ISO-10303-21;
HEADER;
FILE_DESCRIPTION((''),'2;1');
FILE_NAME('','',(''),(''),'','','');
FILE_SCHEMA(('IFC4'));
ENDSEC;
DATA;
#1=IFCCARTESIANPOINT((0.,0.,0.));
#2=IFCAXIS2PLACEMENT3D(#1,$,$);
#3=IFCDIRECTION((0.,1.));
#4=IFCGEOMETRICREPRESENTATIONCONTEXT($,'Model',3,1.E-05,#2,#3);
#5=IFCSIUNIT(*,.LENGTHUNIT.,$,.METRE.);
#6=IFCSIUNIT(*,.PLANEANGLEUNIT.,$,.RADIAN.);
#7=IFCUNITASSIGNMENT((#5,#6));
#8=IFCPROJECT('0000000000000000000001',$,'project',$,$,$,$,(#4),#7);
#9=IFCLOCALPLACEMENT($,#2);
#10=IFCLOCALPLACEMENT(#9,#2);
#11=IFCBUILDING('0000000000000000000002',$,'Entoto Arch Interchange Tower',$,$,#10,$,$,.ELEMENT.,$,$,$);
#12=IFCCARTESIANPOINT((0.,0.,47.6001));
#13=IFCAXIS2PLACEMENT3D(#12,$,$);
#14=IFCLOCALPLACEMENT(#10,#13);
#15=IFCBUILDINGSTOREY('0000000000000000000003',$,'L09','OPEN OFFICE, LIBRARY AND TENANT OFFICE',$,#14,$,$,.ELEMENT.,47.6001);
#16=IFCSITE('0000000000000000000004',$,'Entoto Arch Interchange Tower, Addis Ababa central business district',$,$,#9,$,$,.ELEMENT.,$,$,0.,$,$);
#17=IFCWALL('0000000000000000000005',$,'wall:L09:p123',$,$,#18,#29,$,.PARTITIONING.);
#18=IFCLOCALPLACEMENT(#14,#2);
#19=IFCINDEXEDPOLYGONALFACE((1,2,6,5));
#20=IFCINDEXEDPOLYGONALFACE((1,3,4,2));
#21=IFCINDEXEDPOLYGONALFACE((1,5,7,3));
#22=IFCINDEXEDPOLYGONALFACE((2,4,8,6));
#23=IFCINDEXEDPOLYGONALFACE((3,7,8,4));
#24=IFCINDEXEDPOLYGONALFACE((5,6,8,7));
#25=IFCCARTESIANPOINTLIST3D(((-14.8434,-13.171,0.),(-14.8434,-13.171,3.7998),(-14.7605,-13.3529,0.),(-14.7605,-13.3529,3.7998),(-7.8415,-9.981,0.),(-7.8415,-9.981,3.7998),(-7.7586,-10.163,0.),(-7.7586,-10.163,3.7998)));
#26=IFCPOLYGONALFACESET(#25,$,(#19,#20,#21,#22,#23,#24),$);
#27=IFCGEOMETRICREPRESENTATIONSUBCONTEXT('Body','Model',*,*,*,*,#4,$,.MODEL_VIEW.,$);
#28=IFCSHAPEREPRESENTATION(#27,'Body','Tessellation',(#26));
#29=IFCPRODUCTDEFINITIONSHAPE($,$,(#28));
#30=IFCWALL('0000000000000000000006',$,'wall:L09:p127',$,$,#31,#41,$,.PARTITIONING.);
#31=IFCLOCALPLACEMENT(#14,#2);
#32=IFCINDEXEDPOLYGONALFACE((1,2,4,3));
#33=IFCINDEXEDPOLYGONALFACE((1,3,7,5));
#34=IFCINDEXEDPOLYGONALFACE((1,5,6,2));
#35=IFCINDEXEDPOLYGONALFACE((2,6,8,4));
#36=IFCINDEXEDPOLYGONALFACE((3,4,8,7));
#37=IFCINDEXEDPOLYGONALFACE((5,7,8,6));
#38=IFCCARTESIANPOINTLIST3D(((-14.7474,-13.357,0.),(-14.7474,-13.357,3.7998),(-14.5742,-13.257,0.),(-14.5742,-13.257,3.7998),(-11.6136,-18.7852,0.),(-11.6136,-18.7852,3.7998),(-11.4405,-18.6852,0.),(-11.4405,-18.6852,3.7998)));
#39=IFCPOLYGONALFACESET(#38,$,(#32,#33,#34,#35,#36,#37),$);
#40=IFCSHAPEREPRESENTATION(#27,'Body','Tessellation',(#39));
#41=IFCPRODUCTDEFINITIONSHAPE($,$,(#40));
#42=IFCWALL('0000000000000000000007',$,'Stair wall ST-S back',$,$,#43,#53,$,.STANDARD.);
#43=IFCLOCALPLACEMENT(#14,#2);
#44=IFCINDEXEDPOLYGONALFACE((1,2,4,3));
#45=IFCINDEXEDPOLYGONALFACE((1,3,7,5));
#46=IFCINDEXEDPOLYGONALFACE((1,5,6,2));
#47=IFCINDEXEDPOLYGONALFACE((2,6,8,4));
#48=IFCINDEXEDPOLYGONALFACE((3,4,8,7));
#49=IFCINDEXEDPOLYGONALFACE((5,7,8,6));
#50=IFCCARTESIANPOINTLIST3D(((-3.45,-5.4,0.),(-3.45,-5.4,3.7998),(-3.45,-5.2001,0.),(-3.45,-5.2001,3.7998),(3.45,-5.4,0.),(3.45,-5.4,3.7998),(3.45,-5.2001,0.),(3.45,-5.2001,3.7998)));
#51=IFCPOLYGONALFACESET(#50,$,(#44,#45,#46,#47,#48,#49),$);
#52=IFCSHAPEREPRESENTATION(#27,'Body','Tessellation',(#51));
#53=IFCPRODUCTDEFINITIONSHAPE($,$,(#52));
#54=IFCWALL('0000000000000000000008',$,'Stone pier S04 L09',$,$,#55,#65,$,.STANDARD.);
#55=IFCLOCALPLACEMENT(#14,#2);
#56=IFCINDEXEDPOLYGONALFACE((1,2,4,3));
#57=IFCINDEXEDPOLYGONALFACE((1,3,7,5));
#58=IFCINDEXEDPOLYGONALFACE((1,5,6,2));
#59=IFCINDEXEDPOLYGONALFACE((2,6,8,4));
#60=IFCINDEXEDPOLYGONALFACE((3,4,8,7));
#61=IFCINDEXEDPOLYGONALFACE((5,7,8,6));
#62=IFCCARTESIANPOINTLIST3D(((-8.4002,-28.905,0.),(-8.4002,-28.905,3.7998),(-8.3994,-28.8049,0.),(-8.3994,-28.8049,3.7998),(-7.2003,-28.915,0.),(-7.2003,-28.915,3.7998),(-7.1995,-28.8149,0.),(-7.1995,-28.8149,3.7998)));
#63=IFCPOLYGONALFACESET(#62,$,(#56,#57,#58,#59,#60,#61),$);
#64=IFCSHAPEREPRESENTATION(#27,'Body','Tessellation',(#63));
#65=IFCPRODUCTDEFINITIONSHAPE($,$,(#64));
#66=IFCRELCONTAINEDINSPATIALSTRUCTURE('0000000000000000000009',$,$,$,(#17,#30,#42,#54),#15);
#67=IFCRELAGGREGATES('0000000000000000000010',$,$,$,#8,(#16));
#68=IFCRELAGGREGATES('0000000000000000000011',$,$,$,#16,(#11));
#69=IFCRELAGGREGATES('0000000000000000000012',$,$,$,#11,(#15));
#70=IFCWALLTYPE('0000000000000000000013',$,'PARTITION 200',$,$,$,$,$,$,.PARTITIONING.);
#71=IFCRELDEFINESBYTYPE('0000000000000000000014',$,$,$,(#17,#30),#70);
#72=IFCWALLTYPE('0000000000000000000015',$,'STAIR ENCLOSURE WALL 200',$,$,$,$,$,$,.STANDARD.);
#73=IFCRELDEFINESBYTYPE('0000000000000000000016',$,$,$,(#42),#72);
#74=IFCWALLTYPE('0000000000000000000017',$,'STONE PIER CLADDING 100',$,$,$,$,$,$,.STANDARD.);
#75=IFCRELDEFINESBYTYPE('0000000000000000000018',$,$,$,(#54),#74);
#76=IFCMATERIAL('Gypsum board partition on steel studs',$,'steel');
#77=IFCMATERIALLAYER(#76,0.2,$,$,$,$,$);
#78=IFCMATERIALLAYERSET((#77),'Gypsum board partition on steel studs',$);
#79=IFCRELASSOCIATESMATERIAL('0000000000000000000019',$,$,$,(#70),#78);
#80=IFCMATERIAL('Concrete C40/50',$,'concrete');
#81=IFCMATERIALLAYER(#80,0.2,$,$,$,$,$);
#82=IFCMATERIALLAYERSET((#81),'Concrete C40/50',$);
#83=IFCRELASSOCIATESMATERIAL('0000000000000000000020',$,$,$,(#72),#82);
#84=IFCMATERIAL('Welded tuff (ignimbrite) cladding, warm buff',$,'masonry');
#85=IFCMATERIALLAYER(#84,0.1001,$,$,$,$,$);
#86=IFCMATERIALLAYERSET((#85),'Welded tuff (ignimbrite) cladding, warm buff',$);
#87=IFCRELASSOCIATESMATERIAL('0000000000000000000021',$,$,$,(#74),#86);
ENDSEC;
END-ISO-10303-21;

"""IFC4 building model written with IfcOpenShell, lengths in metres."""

from ifc_helpers import new_model, si_unit, direction, frame, frame_2d, origin, place, context, subcontext, project, spatial, rectangle, extrude, material, layer, layer_set, type_object, element, save


model = new_model("IFC4")

# Units and contexts
model_context = context("Model", 3, precision=1e-05, world=origin(), true_north=direction((0.0, 1.0)))
body_context = subcontext(model_context, "Body", "Model", "MODEL_VIEW")
ifc_project = project(units=[si_unit("LENGTHUNIT", "METRE"), si_unit("PLANEANGLEUNIT", "RADIAN")], contexts=[model_context])

# Site, building, storey
site_placement = place(None, origin())
site = spatial("IfcSite", under=ifc_project, at=site_placement, Name="Entoto Arch Interchange Tower, Addis Ababa central business district", CompositionType="ELEMENT", RefElevation=0.0)
building_placement = place(site_placement, origin())
building = spatial("IfcBuilding", under=site, at=building_placement, Name="Entoto Arch Interchange Tower", CompositionType="ELEMENT")
storey_placement = place(building_placement, frame((0.0, 0.0, 47.6001)))
storey = spatial("IfcBuildingStorey", under=building, at=storey_placement, Name="L09", Description="OPEN OFFICE, LIBRARY AND TENANT OFFICE", CompositionType="ELEMENT", Elevation=47.6001)

# Shared definitions
ifc_material_1 = material(Name="Concrete C40/50", Category="concrete")
ifc_material_2 = material(Name="Gypsum board partition on steel studs", Category="steel")
ifc_layer_1 = layer(ifc_material_2, 0.2)
ifc_layer_set_1 = layer_set([ifc_layer_1], Name="Gypsum board partition on steel studs")
wall_type_1 = type_object("IfcWallType", Name="PARTITION 200", PredefinedType="PARTITIONING", material=ifc_layer_set_1)

# Walls
wall_1_placement = place(storey_placement, frame((-7.8, -10.072, 0.0), z_axis=(0.0, 0.0, 1.0), x_axis=(-0.910012, -0.414582, 0.0)))
element("IfcWall", 1, at=wall_1_placement, inside=storey, type_object=wall_type_1, Name="wall:L09:p123", PredefinedType="PARTITIONING", context=body_context, shape_type="SweptSolid", body=[
    extrude(rectangle(XDim=7.6943, YDim=0.2, at=frame_2d((3.8472, 0.0))), origin(), (0.0, 0.0, 1.0), 3.7998),
])
wall_2_placement = place(storey_placement, frame((-11.5271, -18.7351, 0.0), z_axis=(0.0, 0.0, 1.0), x_axis=(-0.499976, 0.866039, 0.0)))
element("IfcWall", 2, at=wall_2_placement, inside=storey, type_object=wall_type_1, Name="wall:L09:p127", PredefinedType="PARTITIONING", context=body_context, shape_type="SweptSolid", body=[
    extrude(rectangle(XDim=6.2678, YDim=0.2, at=frame_2d((3.1338, 0.0))), origin(), (0.0, 0.0, 1.0), 3.7998),
])
ifc_layer_2 = layer(ifc_material_1, 0.2)
ifc_layer_set_2 = layer_set([ifc_layer_2], Name="Concrete C40/50")
wall_type_2 = type_object("IfcWallType", Name="STAIR ENCLOSURE WALL 200", PredefinedType="STANDARD", material=ifc_layer_set_2)
wall_3_placement = place(storey_placement, frame((-3.45, -5.3, 0.0), z_axis=(0.0, 0.0, 1.0), x_axis=(1.0, 0.0, 0.0)))
element("IfcWall", 3, at=wall_3_placement, inside=storey, type_object=wall_type_2, Name="Stair wall ST-S back", PredefinedType="STANDARD", context=body_context, shape_type="SweptSolid", body=[
    extrude(rectangle(XDim=6.8999, YDim=0.2, at=frame_2d((3.45, 0.0))), origin(), (0.0, 0.0, 1.0), 3.7998),
])
ifc_material_3 = material(Name="Welded tuff (ignimbrite) cladding, warm buff", Category="masonry")
ifc_layer_3 = layer(ifc_material_3, 0.1001)
ifc_layer_set_3 = layer_set([ifc_layer_3], Name="Welded tuff (ignimbrite) cladding, warm buff")
wall_type_3 = type_object("IfcWallType", Name="STONE PIER CLADDING 100", PredefinedType="STANDARD", material=ifc_layer_set_3)
wall_4_placement = place(storey_placement, frame((-8.3999, -28.855, 0.0), z_axis=(0.0, 0.0, 1.0), x_axis=(0.999965, -0.008342, 0.0)))
element("IfcWall", 4, at=wall_4_placement, inside=storey, type_object=wall_type_3, Name="Stone pier S04 L09", PredefinedType="STANDARD", context=body_context, shape_type="SweptSolid", body=[
    extrude(rectangle(XDim=1.2, YDim=0.1001, at=frame_2d((0.6001, 0.0))), origin(), (0.0, 0.0, 1.0), 3.7998),
])

save(model, "model.ifc")
